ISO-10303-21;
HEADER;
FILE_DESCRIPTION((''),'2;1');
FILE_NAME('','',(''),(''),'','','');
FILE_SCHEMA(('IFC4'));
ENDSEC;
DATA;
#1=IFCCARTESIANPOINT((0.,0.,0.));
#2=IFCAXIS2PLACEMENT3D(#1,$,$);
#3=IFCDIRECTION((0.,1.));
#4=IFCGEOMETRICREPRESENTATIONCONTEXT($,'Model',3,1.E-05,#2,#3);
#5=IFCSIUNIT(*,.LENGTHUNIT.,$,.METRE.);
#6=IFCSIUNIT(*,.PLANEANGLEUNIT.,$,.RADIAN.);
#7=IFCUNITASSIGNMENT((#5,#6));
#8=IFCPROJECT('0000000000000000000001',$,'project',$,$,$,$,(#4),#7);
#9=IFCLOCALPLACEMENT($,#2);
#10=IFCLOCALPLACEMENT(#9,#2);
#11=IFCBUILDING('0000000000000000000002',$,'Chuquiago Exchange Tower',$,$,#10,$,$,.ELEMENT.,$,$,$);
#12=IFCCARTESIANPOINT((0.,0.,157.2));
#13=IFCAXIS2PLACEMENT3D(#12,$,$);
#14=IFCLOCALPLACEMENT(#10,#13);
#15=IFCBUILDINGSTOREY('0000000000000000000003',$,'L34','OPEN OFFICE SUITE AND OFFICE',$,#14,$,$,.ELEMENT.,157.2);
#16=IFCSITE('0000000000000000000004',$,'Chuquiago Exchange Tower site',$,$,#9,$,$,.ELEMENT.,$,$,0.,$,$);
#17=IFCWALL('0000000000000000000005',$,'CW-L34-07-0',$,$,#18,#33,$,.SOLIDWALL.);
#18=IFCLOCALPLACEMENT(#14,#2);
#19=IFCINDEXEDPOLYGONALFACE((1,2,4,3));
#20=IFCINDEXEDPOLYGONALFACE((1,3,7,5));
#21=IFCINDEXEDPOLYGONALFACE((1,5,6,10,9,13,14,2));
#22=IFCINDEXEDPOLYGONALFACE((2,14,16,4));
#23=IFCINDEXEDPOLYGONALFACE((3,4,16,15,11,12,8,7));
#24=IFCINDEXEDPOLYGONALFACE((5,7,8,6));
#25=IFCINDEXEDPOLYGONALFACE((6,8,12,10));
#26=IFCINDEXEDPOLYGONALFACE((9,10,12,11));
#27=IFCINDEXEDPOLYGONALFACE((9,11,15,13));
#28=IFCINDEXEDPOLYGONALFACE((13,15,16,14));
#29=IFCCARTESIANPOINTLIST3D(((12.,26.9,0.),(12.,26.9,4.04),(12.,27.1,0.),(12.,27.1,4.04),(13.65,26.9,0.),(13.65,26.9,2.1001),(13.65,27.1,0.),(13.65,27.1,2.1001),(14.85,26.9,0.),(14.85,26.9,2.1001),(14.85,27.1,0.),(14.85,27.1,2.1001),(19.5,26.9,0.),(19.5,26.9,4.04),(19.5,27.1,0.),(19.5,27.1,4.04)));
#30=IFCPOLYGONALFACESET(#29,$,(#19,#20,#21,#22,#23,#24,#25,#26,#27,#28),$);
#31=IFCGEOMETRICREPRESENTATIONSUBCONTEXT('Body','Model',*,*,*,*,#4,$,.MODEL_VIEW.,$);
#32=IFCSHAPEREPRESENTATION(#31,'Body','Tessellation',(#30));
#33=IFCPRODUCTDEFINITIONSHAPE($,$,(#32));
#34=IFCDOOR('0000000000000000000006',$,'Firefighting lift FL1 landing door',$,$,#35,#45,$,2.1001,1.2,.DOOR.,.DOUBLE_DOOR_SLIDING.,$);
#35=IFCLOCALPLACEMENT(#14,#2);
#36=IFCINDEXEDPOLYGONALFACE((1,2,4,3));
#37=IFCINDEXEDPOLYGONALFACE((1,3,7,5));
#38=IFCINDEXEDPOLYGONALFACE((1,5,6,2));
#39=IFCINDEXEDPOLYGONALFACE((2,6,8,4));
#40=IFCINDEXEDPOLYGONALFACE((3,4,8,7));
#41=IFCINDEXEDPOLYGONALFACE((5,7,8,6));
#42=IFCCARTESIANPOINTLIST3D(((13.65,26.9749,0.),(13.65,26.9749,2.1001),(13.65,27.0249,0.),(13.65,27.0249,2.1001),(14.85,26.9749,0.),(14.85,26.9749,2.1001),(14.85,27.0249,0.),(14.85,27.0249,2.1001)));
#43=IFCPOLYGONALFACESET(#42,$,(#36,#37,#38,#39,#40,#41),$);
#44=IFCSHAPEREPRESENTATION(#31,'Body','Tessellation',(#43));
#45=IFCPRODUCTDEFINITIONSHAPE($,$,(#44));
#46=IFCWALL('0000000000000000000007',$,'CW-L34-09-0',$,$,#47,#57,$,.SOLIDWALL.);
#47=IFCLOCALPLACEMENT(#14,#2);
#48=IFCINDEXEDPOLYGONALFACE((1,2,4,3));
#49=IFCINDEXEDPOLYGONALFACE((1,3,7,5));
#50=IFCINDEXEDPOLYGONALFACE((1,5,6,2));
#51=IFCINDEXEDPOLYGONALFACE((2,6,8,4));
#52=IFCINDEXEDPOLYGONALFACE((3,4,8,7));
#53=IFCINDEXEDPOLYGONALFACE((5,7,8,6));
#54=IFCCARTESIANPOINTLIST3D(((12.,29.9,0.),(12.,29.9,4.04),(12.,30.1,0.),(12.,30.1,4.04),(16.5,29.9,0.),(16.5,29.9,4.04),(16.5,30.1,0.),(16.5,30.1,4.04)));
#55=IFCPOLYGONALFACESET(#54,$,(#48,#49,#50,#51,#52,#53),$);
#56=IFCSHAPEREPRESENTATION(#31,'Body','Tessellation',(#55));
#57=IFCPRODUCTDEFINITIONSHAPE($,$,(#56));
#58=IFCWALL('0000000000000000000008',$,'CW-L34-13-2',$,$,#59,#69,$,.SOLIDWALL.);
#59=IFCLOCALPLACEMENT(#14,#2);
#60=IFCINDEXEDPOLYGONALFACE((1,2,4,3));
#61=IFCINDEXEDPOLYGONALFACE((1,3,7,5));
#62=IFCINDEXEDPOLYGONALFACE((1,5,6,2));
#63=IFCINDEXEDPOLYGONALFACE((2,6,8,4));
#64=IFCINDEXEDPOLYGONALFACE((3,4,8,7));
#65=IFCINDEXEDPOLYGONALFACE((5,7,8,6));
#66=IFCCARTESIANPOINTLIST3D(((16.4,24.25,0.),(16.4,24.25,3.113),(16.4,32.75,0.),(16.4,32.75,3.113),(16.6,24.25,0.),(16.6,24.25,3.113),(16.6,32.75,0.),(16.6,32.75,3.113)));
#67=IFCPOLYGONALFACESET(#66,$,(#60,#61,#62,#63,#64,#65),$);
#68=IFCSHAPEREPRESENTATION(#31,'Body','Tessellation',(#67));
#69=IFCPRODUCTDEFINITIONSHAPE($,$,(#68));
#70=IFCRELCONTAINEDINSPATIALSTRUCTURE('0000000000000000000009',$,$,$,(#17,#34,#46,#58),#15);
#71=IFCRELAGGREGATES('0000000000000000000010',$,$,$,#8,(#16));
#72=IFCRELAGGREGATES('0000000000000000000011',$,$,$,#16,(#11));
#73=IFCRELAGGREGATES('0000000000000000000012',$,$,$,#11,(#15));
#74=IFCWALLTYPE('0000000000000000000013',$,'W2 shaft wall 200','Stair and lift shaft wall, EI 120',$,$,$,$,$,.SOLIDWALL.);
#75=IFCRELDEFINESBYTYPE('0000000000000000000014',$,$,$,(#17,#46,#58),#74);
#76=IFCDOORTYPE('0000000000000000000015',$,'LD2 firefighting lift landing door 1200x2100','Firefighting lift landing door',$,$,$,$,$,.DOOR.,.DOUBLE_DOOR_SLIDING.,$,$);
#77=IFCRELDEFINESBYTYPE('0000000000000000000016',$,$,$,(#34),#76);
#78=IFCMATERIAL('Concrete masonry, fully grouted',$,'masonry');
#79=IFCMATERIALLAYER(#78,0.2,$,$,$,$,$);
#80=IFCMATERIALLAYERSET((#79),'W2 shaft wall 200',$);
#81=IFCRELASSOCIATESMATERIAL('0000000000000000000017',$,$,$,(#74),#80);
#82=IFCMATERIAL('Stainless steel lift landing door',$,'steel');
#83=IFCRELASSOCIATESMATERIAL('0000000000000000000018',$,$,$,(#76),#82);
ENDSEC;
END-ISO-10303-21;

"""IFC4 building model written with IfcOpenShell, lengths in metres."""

from ifc_helpers import new_model, si_unit, direction, frame, frame_2d, origin, place, context, subcontext, project, spatial, rectangle, extrude, material, layer, layer_set, type_object, element, fill, save


model = new_model("IFC4")

# Units and contexts
model_context = context("Model", 3, precision=1e-05, world=origin(), true_north=direction((0.0, 1.0)))
body_context = subcontext(model_context, "Body", "Model", "MODEL_VIEW")
ifc_project = project(units=[si_unit("LENGTHUNIT", "METRE"), si_unit("PLANEANGLEUNIT", "RADIAN")], contexts=[model_context])

# Site, building, storey
site_placement = place(None, origin())
site = spatial("IfcSite", under=ifc_project, at=site_placement, Name="Chuquiago Exchange Tower site", CompositionType="ELEMENT", RefElevation=0.0)
building_placement = place(site_placement, origin())
building = spatial("IfcBuilding", under=site, at=building_placement, Name="Chuquiago Exchange Tower", CompositionType="ELEMENT")
storey_placement = place(building_placement, frame((0.0, 0.0, 157.2)))
storey = spatial("IfcBuildingStorey", under=building, at=storey_placement, Name="L34", Description="OPEN OFFICE SUITE AND OFFICE", CompositionType="ELEMENT", Elevation=157.2)

# Shared definitions
ifc_material_1 = material(Name="Concrete masonry, fully grouted", Category="masonry")
ifc_layer_1 = layer(ifc_material_1, 0.2)
ifc_layer_set_1 = layer_set([ifc_layer_1], Name="W2 shaft wall 200")
wall_type_1 = type_object("IfcWallType", Name="W2 shaft wall 200", Description="Stair and lift shaft wall, EI 120", PredefinedType="SOLIDWALL", material=ifc_layer_set_1)

# Wall, opening, door
wall_1_placement = place(storey_placement, frame((12.0, 27.0, 0.0), z_axis=(0.0, 0.0, 1.0), x_axis=(1.0, 0.0, 0.0)))
wall_1 = element("IfcWall", 1, at=wall_1_placement, inside=storey, type_object=wall_type_1, Name="CW-L34-07-0", PredefinedType="SOLIDWALL", context=body_context, shape_type="SweptSolid", body=[
    extrude(rectangle(XDim=7.5, YDim=0.2, at=frame_2d((3.75, 0.0))), origin(), (0.0, 0.0, 1.0), 4.04),
])
opening_1_placement = place(wall_1_placement, frame((1.6499, 0.0, 0.0)))
opening_1 = element("IfcOpeningElement", 2, at=opening_1_placement, cuts=wall_1, PredefinedType="OPENING", context=body_context, shape_type="SweptSolid", body=[
    extrude(rectangle(XDim=1.2, YDim=2.1001, at=frame_2d((0.6001, 1.05))), frame((0.0, 0.1099, 0.0), z_axis=(0.0, -1.0, 0.0), x_axis=(1.0, 0.0, 0.0)), (0.0, 0.0, 1.0), 0.22),
])
ifc_material_2 = material(Name="Stainless steel lift landing door", Category="steel")
door_type_1 = type_object("IfcDoorType", Name="LD2 firefighting lift landing door 1200x2100", Description="Firefighting lift landing door", OperationType="DOUBLE_DOOR_SLIDING", PredefinedType="DOOR", material=ifc_material_2)
door_1_placement = place(opening_1_placement, origin())
door_1 = element("IfcDoor", 3, at=door_1_placement, inside=storey, type_object=door_type_1, Name="Firefighting lift FL1 landing door", OperationType="DOUBLE_DOOR_SLIDING", OverallHeight=2.1001, OverallWidth=1.2, PredefinedType="DOOR", context=body_context, shape_type="SweptSolid", body=[
    extrude(rectangle(XDim=1.2, YDim=2.1001, at=frame_2d((0.6001, 1.05))), frame((0.0, 0.0249, 0.0), z_axis=(0.0, -1.0, 0.0), x_axis=(1.0, 0.0, 0.0)), (0.0, 0.0, 1.0), 0.05),
])
fill(opening_1, door_1)

# Walls
wall_2_placement = place(storey_placement, frame((12.0, 30.0, 0.0), z_axis=(0.0, 0.0, 1.0), x_axis=(1.0, 0.0, 0.0)))
element("IfcWall", 4, at=wall_2_placement, inside=storey, type_object=wall_type_1, Name="CW-L34-09-0", PredefinedType="SOLIDWALL", context=body_context, shape_type="SweptSolid", body=[
    extrude(rectangle(XDim=4.5, YDim=0.2, at=frame_2d((2.25, 0.0))), origin(), (0.0, 0.0, 1.0), 4.04),
])
wall_3_placement = place(storey_placement, frame((16.5, 24.25, 0.0), z_axis=(0.0, 0.0, 1.0), x_axis=(0.0, 1.0, 0.0)))
element("IfcWall", 5, at=wall_3_placement, inside=storey, type_object=wall_type_1, Name="CW-L34-13-2", PredefinedType="SOLIDWALL", context=body_context, shape_type="SweptSolid", body=[
    extrude(rectangle(XDim=8.5, YDim=0.2, at=frame_2d((4.25, 0.0))), origin(), (0.0, 0.0, 1.0), 3.113),
])

save(model, "model.ifc")
